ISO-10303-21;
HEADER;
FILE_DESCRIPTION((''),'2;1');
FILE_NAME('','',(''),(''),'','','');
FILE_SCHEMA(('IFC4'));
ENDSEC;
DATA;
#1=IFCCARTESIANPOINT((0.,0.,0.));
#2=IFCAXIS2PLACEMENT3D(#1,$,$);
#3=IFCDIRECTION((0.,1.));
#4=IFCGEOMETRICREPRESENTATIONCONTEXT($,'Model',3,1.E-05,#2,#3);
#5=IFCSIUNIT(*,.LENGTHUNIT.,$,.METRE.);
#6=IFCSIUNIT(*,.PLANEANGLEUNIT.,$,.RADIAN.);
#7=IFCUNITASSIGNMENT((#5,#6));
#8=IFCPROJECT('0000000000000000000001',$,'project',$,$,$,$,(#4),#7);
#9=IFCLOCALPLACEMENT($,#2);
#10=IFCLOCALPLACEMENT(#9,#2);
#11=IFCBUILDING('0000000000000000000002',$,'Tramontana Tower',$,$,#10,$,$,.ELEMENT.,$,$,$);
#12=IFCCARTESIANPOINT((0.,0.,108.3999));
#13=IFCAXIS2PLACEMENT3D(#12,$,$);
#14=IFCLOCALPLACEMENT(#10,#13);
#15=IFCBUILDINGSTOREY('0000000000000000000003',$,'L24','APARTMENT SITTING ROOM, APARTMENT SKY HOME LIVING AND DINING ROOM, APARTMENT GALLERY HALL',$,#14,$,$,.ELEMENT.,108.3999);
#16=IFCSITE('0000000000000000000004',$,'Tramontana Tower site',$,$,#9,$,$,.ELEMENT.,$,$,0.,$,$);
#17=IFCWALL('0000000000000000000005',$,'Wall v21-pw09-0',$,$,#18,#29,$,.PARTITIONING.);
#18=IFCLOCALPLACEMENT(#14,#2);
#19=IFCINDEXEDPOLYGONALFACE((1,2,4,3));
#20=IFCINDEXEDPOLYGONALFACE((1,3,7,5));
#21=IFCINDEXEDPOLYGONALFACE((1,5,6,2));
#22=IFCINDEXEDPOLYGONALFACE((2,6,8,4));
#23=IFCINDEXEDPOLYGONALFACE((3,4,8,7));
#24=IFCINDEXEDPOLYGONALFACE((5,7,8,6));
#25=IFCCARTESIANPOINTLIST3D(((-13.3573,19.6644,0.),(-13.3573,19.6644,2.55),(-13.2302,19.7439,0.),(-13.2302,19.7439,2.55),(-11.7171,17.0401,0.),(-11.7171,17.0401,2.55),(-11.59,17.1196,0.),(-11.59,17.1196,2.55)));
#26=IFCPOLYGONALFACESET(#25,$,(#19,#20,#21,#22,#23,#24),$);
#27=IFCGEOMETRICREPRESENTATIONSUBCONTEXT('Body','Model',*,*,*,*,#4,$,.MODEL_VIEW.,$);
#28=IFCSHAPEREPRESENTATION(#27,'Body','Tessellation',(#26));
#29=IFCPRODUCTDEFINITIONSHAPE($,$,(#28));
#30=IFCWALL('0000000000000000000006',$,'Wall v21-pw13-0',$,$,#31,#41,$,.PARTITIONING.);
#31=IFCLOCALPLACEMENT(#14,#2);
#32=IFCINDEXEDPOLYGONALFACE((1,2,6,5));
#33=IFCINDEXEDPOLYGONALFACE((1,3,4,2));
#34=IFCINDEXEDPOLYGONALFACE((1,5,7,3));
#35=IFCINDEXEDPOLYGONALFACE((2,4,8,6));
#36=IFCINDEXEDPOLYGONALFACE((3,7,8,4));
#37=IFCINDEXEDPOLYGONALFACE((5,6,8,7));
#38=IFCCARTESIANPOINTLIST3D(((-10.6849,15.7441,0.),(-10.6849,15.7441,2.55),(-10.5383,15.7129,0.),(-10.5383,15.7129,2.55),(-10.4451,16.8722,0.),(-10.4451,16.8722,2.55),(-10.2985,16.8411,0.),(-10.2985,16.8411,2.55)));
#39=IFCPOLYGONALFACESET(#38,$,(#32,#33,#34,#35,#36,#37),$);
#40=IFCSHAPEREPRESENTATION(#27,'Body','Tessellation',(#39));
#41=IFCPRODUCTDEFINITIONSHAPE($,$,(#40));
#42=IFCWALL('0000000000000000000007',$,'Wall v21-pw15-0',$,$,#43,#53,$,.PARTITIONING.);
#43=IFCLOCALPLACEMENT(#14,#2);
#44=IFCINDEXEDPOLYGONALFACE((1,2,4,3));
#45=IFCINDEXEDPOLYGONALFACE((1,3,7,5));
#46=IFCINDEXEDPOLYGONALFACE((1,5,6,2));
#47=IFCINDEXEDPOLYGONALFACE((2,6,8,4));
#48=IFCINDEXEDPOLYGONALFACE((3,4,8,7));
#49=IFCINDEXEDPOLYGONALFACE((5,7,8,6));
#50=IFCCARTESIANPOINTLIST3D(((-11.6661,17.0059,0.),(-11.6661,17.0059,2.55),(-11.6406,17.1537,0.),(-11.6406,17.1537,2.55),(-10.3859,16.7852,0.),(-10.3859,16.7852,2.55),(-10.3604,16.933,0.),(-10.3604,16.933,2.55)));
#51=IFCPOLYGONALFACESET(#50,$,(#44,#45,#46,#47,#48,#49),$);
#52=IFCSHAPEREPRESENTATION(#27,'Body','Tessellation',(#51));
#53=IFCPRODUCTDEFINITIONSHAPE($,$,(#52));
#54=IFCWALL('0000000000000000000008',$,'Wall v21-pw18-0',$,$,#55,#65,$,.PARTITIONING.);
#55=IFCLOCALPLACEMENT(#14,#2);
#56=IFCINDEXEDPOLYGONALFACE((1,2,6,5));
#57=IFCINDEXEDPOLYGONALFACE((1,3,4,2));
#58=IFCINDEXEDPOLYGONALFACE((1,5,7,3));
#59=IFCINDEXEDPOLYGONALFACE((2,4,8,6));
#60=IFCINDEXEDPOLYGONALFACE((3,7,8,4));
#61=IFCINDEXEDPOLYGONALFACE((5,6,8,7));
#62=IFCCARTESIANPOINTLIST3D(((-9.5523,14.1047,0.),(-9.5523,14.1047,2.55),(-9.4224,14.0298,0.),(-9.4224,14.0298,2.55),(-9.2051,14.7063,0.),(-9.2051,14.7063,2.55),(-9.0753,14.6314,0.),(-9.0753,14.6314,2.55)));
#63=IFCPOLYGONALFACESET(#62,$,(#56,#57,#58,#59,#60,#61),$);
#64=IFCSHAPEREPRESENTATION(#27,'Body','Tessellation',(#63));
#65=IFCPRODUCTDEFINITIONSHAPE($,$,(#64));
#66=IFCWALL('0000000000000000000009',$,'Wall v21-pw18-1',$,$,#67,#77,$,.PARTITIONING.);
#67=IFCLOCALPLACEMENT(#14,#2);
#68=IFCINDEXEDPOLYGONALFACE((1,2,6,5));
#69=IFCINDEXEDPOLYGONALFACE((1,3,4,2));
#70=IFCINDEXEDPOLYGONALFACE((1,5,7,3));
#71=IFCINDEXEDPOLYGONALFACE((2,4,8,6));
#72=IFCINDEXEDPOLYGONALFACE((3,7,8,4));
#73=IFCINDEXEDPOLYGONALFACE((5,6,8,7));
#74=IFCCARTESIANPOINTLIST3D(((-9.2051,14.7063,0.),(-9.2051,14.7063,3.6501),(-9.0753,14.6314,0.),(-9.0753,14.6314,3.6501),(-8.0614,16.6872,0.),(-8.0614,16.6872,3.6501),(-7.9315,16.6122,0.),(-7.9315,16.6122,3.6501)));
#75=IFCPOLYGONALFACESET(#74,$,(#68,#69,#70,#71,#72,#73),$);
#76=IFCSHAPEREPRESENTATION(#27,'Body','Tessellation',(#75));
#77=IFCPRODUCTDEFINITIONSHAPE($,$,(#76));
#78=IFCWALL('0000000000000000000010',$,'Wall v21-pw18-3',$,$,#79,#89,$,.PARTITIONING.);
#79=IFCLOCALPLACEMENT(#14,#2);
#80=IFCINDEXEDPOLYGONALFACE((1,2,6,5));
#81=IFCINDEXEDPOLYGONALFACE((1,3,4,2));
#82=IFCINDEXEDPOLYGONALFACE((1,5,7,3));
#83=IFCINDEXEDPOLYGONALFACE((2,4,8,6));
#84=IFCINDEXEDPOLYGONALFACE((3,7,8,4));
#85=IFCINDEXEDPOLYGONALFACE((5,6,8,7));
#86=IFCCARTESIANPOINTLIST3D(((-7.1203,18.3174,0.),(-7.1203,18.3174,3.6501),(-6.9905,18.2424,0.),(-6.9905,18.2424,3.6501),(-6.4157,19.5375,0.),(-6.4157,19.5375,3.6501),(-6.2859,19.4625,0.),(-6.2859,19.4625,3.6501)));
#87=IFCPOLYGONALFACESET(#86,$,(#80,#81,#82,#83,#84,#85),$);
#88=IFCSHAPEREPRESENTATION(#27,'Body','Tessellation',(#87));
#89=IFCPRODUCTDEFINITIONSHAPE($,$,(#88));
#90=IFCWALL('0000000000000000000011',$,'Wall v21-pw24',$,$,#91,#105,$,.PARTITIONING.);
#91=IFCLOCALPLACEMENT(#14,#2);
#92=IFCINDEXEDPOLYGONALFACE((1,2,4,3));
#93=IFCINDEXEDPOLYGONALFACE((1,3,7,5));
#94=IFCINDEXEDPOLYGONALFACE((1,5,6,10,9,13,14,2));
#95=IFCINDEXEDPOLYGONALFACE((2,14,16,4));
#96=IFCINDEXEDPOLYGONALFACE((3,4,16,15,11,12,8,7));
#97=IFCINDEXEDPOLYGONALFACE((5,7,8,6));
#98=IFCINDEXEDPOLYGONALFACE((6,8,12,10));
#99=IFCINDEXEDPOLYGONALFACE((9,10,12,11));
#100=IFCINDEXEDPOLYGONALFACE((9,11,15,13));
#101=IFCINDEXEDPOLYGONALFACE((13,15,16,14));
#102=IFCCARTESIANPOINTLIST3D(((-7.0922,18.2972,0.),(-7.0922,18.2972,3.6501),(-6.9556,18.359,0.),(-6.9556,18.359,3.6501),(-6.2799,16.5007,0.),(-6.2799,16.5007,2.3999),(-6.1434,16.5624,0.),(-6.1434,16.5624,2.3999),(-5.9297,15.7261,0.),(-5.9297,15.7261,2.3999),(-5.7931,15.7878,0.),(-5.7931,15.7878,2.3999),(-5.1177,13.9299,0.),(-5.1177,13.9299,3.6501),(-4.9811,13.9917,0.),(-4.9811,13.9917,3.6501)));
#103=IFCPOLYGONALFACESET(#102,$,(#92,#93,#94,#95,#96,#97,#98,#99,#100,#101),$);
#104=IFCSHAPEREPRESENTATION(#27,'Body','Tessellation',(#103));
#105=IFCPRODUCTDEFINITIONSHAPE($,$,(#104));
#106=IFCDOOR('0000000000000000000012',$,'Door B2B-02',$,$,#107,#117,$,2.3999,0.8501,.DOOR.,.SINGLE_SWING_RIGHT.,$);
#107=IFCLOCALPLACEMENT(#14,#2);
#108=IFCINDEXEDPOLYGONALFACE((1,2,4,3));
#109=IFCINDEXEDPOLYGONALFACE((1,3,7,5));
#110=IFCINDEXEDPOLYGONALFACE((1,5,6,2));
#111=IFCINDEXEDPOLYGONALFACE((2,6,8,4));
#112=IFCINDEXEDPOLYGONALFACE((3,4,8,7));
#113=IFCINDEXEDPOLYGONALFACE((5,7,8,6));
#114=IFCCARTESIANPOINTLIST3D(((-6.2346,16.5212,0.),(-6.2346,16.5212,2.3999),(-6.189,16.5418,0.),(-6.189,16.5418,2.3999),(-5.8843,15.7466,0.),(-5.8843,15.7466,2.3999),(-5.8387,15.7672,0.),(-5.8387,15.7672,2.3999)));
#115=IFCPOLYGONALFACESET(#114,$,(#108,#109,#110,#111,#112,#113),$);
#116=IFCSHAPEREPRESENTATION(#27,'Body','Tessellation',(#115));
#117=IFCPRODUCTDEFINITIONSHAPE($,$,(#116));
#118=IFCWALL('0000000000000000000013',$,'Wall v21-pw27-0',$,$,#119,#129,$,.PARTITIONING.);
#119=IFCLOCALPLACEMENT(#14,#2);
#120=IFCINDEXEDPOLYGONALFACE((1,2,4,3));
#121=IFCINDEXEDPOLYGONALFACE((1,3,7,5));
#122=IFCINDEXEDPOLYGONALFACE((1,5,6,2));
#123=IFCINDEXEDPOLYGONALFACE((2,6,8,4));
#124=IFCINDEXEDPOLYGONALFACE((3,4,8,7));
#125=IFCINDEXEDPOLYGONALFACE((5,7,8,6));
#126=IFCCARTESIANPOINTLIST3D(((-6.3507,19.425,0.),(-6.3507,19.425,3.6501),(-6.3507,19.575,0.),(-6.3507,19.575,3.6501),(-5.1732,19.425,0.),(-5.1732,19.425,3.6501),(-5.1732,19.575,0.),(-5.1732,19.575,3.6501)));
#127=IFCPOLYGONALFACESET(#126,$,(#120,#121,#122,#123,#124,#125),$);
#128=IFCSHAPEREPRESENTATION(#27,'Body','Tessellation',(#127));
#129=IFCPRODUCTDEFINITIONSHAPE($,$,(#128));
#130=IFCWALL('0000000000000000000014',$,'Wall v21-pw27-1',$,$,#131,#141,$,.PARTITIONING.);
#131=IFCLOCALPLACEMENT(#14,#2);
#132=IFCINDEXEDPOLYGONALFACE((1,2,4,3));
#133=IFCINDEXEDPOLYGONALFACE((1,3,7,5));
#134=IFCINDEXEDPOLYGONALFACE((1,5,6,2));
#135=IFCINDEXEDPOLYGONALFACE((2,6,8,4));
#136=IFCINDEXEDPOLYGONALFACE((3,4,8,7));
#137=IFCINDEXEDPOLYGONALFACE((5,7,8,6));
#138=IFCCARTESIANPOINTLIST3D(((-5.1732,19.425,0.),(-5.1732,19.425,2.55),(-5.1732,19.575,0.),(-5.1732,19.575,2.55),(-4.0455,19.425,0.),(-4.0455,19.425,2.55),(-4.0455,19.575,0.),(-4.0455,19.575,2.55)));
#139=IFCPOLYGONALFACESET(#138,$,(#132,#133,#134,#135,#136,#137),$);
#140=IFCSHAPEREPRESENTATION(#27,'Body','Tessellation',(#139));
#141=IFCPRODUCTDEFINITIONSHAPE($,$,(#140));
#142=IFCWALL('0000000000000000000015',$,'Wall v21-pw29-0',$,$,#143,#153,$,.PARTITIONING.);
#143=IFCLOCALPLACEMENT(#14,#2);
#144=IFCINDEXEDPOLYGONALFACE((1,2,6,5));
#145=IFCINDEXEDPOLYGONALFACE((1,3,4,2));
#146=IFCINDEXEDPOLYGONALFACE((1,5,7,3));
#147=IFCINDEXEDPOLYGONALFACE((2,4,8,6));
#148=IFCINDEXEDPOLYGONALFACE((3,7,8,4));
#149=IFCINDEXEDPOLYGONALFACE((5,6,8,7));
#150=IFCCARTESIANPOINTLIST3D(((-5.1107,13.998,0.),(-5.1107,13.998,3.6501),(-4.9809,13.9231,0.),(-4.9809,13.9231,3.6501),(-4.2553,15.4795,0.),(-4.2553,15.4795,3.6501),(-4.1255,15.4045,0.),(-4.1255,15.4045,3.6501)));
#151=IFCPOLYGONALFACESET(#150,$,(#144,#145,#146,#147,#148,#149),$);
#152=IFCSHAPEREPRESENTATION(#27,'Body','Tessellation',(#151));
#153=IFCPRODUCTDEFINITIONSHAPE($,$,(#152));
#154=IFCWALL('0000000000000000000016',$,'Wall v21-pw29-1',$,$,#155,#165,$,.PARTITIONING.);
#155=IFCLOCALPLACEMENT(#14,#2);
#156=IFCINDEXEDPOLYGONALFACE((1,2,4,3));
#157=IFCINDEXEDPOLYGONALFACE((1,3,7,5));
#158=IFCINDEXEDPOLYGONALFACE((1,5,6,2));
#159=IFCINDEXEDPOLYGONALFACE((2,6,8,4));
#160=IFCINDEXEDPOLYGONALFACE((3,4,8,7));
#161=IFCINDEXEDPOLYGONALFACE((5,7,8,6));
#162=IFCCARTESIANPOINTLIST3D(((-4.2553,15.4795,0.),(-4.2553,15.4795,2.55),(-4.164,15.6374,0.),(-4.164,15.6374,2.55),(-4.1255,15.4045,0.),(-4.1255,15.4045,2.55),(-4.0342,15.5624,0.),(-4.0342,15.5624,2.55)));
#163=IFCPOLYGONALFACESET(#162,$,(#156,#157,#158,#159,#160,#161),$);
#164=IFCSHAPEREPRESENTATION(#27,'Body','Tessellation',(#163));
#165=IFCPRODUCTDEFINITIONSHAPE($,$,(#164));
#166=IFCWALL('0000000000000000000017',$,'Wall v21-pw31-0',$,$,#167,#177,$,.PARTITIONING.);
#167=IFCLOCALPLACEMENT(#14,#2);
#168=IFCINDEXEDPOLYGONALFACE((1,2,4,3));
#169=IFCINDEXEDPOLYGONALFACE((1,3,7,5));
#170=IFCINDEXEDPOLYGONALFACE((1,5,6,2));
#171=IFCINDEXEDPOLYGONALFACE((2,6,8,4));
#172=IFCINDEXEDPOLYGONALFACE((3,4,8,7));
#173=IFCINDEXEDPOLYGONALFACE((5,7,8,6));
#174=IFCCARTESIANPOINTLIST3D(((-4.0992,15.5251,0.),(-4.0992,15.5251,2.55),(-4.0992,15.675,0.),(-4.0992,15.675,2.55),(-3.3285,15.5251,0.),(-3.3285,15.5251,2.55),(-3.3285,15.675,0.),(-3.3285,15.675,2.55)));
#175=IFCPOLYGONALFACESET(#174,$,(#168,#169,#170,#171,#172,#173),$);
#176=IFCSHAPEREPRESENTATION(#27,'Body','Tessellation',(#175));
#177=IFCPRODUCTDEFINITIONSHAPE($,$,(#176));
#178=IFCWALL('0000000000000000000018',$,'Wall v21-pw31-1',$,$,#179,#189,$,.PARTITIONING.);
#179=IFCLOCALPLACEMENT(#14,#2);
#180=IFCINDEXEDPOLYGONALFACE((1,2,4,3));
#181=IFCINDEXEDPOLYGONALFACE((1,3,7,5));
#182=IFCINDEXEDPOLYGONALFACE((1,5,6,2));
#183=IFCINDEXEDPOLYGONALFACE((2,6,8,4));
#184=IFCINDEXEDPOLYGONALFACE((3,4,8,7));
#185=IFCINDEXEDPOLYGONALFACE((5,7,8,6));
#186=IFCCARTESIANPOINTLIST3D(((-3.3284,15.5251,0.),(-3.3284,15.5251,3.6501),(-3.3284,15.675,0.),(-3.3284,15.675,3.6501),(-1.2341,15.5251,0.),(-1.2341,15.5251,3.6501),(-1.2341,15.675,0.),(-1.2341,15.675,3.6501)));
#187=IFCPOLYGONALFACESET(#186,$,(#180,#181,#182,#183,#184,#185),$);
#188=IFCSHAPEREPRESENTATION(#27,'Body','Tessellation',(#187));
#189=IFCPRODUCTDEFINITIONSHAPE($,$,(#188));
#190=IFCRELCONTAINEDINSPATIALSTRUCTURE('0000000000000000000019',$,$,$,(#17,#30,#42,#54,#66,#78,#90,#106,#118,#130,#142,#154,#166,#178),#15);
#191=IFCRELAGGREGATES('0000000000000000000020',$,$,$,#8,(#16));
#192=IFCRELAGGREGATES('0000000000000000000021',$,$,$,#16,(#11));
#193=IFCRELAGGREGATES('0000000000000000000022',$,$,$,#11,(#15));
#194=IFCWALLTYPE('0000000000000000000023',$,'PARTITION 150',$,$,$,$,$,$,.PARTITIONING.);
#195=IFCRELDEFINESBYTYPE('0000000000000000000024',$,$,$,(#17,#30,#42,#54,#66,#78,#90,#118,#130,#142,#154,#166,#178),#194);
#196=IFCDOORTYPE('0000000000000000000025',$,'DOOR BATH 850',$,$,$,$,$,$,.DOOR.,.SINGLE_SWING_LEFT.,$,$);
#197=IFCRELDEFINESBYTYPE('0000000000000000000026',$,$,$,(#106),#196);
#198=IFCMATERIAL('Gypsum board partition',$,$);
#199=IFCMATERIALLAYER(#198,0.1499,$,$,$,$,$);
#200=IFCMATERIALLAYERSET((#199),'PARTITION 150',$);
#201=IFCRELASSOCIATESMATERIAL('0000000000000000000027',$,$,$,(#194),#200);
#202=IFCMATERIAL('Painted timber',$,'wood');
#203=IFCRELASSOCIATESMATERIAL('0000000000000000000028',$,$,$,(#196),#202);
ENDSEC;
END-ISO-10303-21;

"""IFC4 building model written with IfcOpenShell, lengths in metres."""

from ifc_helpers import new_model, si_unit, direction, frame, frame_2d, origin, place, context, subcontext, project, spatial, rectangle, extrude, material, layer, layer_set, type_object, element, fill, save


model = new_model("IFC4")

# Units and contexts
model_context = context("Model", 3, precision=1e-05, world=origin(), true_north=direction((0.0, 1.0)))
body_context = subcontext(model_context, "Body", "Model", "MODEL_VIEW")
ifc_project = project(units=[si_unit("LENGTHUNIT", "METRE"), si_unit("PLANEANGLEUNIT", "RADIAN")], contexts=[model_context])

# Site, building, storey
site_placement = place(None, origin())
site = spatial("IfcSite", under=ifc_project, at=site_placement, Name="Tramontana Tower site", CompositionType="ELEMENT", RefElevation=0.0)
building_placement = place(site_placement, origin())
building = spatial("IfcBuilding", under=site, at=building_placement, Name="Tramontana Tower", CompositionType="ELEMENT")
storey_placement = place(building_placement, frame((0.0, 0.0, 108.3999)))
storey = spatial("IfcBuildingStorey", under=building, at=storey_placement, Name="L24", Description="APARTMENT SITTING ROOM, APARTMENT SKY HOME LIVING AND DINING ROOM, APARTMENT GALLERY HALL", CompositionType="ELEMENT", Elevation=108.3999)

# Walls
ifc_material_1 = material(Name="Gypsum board partition")
ifc_layer_1 = layer(ifc_material_1, 0.1499)
ifc_layer_set_1 = layer_set([ifc_layer_1], Name="PARTITION 150")
wall_type_1 = type_object("IfcWallType", Name="PARTITION 150", PredefinedType="PARTITIONING", material=ifc_layer_set_1)
wall_1_placement = place(storey_placement, frame((-11.6536, 17.0798, 0.0), z_axis=(0.0, 0.0, 1.0), x_axis=(-0.529992, 0.848003, 0.0)))
element("IfcWall", 1, at=wall_1_placement, inside=storey, type_object=wall_type_1, Name="Wall v21-pw09-0", PredefinedType="PARTITIONING", context=body_context, shape_type="SweptSolid", body=[
    extrude(rectangle(XDim=3.0947, YDim=0.1499, at=frame_2d((1.5474, 0.0))), origin(), (0.0, 0.0, 1.0), 2.55),
])
wall_2_placement = place(storey_placement, frame((-10.6116, 15.7285, 0.0), z_axis=(0.0, 0.0, 1.0), x_axis=(0.207866, 0.978157, 0.0)))
element("IfcWall", 2, at=wall_2_placement, inside=storey, type_object=wall_type_1, Name="Wall v21-pw13-0", PredefinedType="PARTITIONING", context=body_context, shape_type="SweptSolid", body=[
    extrude(rectangle(XDim=1.1533, YDim=0.1499, at=frame_2d((0.5767, 0.0))), origin(), (0.0, 0.0, 1.0), 2.55),
])
wall_3_placement = place(storey_placement, frame((-10.3733, 16.8591, 0.0), z_axis=(0.0, 0.0, 1.0), x_axis=(-0.985464, 0.169882, 0.0)))
element("IfcWall", 3, at=wall_3_placement, inside=storey, type_object=wall_type_1, Name="Wall v21-pw15-0", PredefinedType="PARTITIONING", context=body_context, shape_type="SweptSolid", body=[
    extrude(rectangle(XDim=1.2991, YDim=0.1499, at=frame_2d((0.6494, 0.0))), origin(), (0.0, 0.0, 1.0), 2.55),
])
wall_4_placement = place(storey_placement, frame((-9.4873, 14.0674, 0.0), z_axis=(0.0, 0.0, 1.0), x_axis=(0.499844, 0.866115, 0.0)))
element("IfcWall", 4, at=wall_4_placement, inside=storey, type_object=wall_type_1, Name="Wall v21-pw18-0", PredefinedType="PARTITIONING", context=body_context, shape_type="SweptSolid", body=[
    extrude(rectangle(XDim=0.6946, YDim=0.1499, at=frame_2d((0.3472, 0.0))), origin(), (0.0, 0.0, 1.0), 2.55),
])
wall_5_placement = place(storey_placement, frame((-9.1401, 14.6689, 0.0), z_axis=(0.0, 0.0, 1.0), x_axis=(0.50003, 0.866008, 0.0)))
element("IfcWall", 5, at=wall_5_placement, inside=storey, type_object=wall_type_1, Name="Wall v21-pw18-1", PredefinedType="PARTITIONING", context=body_context, shape_type="SweptSolid", body=[
    extrude(rectangle(XDim=2.2874, YDim=0.1499, at=frame_2d((1.1436, 0.0))), origin(), (0.0, 0.0, 1.0), 3.6501),
])

# Wall
wall_6_placement = place(storey_placement, frame((-7.0554, 18.2798, 0.0), z_axis=(0.0, 0.0, 1.0), x_axis=(0.500052, 0.865995, 0.0)))
element("IfcWall", 6, at=wall_6_placement, inside=storey, type_object=wall_type_1, Name="Wall v21-pw18-3", PredefinedType="PARTITIONING", context=body_context, shape_type="SweptSolid", body=[
    extrude(rectangle(XDim=1.4089, YDim=0.1499, at=frame_2d((0.7046, 0.0))), origin(), (0.0, 0.0, 1.0), 3.6501),
])

# Wall, opening, door
wall_7_placement = place(storey_placement, frame((-7.0239, 18.3281, 0.0), z_axis=(0.0, 0.0, 1.0), x_axis=(0.411972, -0.911197, 0.0)))
wall_7 = element("IfcWall", 7, at=wall_7_placement, inside=storey, type_object=wall_type_1, Name="Wall v21-pw24", PredefinedType="PARTITIONING", context=body_context, shape_type="SweptSolid", body=[
    extrude(rectangle(XDim=4.793, YDim=0.1499, at=frame_2d((2.3965, 0.0))), origin(), (0.0, 0.0, 1.0), 3.6501),
])
opening_1_placement = place(wall_7_placement, frame((1.9717, 0.0, 0.0)))
opening_1 = element("IfcOpeningElement", 8, at=opening_1_placement, cuts=wall_7, PredefinedType="OPENING", context=body_context, shape_type="SweptSolid", body=[
    extrude(rectangle(XDim=0.8501, YDim=2.3999, at=frame_2d((0.425, 1.2))), frame((0.0, 0.085, 0.0), z_axis=(0.0, -1.0, 0.0), x_axis=(1.0, 0.0, 0.0)), (0.0, 0.0, 1.0), 0.1699),
])
ifc_material_2 = material(Name="Painted timber", Category="wood")
door_type_1 = type_object("IfcDoorType", Name="DOOR BATH 850", OperationType="SINGLE_SWING_LEFT", PredefinedType="DOOR", material=ifc_material_2)
door_1_placement = place(opening_1_placement, origin())
door_1 = element("IfcDoor", 9, at=door_1_placement, inside=storey, type_object=door_type_1, Name="Door B2B-02", OperationType="SINGLE_SWING_RIGHT", OverallHeight=2.3999, OverallWidth=0.8501, PredefinedType="DOOR", context=body_context, shape_type="SweptSolid", body=[
    extrude(rectangle(XDim=0.8501, YDim=2.3999, at=frame_2d((0.425, 1.2))), frame((0.0, 0.0249, 0.0), z_axis=(0.0, -1.0, 0.0), x_axis=(1.0, 0.0, 0.0)), (0.0, 0.0, 1.0), 0.05),
])
fill(opening_1, door_1)

# Walls
wall_8_placement = place(storey_placement, frame((-6.3508, 19.5, 0.0), z_axis=(0.0, 0.0, 1.0), x_axis=(1.0, 0.0, 0.0)))
element("IfcWall", 10, at=wall_8_placement, inside=storey, type_object=wall_type_1, Name="Wall v21-pw27-0", PredefinedType="PARTITIONING", context=body_context, shape_type="SweptSolid", body=[
    extrude(rectangle(XDim=1.1775, YDim=0.1499, at=frame_2d((0.5889, 0.0))), origin(), (0.0, 0.0, 1.0), 3.6501),
])
wall_9_placement = place(storey_placement, frame((-5.1733, 19.5, 0.0), z_axis=(0.0, 0.0, 1.0), x_axis=(1.0, 0.0, 0.0)))
element("IfcWall", 11, at=wall_9_placement, inside=storey, type_object=wall_type_1, Name="Wall v21-pw27-1", PredefinedType="PARTITIONING", context=body_context, shape_type="SweptSolid", body=[
    extrude(rectangle(XDim=1.1277, YDim=0.1499, at=frame_2d((0.564, 0.0))), origin(), (0.0, 0.0, 1.0), 2.55),
])
wall_10_placement = place(storey_placement, frame((-5.0459, 13.9604, 0.0), z_axis=(0.0, 0.0, 1.0), x_axis=(0.500068, 0.865986, 0.0)))
element("IfcWall", 12, at=wall_10_placement, inside=storey, type_object=wall_type_1, Name="Wall v21-pw29-0", PredefinedType="PARTITIONING", context=body_context, shape_type="SweptSolid", body=[
    extrude(rectangle(XDim=1.7107, YDim=0.1499, at=frame_2d((0.8555, 0.0))), origin(), (0.0, 0.0, 1.0), 3.6501),
])
wall_11_placement = place(storey_placement, frame((-4.1904, 15.4419, 0.0), z_axis=(0.0, 0.0, 1.0), x_axis=(0.500456, 0.865762, 0.0)))
element("IfcWall", 13, at=wall_11_placement, inside=storey, type_object=wall_type_1, Name="Wall v21-pw29-1", PredefinedType="PARTITIONING", context=body_context, shape_type="SweptSolid", body=[
    extrude(rectangle(XDim=0.1824, YDim=0.1499, at=frame_2d((0.0913, 0.0))), origin(), (0.0, 0.0, 1.0), 2.55),
])
wall_12_placement = place(storey_placement, frame((-4.0991, 15.6001, 0.0), z_axis=(0.0, 0.0, 1.0), x_axis=(1.0, 0.0, 0.0)))
element("IfcWall", 14, at=wall_12_placement, inside=storey, type_object=wall_type_1, Name="Wall v21-pw31-0", PredefinedType="PARTITIONING", context=body_context, shape_type="SweptSolid", body=[
    extrude(rectangle(XDim=0.7708, YDim=0.1499, at=frame_2d((0.3853, 0.0))), origin(), (0.0, 0.0, 1.0), 2.55),
])
wall_13_placement = place(storey_placement, frame((-3.3284, 15.6001, 0.0), z_axis=(0.0, 0.0, 1.0), x_axis=(1.0, 0.0, 0.0)))
element("IfcWall", 15, at=wall_13_placement, inside=storey, type_object=wall_type_1, Name="Wall v21-pw31-1", PredefinedType="PARTITIONING", context=body_context, shape_type="SweptSolid", body=[
    extrude(rectangle(XDim=2.0942, YDim=0.1499, at=frame_2d((1.0471, 0.0))), origin(), (0.0, 0.0, 1.0), 3.6501),
])

save(model, "model.ifc")
